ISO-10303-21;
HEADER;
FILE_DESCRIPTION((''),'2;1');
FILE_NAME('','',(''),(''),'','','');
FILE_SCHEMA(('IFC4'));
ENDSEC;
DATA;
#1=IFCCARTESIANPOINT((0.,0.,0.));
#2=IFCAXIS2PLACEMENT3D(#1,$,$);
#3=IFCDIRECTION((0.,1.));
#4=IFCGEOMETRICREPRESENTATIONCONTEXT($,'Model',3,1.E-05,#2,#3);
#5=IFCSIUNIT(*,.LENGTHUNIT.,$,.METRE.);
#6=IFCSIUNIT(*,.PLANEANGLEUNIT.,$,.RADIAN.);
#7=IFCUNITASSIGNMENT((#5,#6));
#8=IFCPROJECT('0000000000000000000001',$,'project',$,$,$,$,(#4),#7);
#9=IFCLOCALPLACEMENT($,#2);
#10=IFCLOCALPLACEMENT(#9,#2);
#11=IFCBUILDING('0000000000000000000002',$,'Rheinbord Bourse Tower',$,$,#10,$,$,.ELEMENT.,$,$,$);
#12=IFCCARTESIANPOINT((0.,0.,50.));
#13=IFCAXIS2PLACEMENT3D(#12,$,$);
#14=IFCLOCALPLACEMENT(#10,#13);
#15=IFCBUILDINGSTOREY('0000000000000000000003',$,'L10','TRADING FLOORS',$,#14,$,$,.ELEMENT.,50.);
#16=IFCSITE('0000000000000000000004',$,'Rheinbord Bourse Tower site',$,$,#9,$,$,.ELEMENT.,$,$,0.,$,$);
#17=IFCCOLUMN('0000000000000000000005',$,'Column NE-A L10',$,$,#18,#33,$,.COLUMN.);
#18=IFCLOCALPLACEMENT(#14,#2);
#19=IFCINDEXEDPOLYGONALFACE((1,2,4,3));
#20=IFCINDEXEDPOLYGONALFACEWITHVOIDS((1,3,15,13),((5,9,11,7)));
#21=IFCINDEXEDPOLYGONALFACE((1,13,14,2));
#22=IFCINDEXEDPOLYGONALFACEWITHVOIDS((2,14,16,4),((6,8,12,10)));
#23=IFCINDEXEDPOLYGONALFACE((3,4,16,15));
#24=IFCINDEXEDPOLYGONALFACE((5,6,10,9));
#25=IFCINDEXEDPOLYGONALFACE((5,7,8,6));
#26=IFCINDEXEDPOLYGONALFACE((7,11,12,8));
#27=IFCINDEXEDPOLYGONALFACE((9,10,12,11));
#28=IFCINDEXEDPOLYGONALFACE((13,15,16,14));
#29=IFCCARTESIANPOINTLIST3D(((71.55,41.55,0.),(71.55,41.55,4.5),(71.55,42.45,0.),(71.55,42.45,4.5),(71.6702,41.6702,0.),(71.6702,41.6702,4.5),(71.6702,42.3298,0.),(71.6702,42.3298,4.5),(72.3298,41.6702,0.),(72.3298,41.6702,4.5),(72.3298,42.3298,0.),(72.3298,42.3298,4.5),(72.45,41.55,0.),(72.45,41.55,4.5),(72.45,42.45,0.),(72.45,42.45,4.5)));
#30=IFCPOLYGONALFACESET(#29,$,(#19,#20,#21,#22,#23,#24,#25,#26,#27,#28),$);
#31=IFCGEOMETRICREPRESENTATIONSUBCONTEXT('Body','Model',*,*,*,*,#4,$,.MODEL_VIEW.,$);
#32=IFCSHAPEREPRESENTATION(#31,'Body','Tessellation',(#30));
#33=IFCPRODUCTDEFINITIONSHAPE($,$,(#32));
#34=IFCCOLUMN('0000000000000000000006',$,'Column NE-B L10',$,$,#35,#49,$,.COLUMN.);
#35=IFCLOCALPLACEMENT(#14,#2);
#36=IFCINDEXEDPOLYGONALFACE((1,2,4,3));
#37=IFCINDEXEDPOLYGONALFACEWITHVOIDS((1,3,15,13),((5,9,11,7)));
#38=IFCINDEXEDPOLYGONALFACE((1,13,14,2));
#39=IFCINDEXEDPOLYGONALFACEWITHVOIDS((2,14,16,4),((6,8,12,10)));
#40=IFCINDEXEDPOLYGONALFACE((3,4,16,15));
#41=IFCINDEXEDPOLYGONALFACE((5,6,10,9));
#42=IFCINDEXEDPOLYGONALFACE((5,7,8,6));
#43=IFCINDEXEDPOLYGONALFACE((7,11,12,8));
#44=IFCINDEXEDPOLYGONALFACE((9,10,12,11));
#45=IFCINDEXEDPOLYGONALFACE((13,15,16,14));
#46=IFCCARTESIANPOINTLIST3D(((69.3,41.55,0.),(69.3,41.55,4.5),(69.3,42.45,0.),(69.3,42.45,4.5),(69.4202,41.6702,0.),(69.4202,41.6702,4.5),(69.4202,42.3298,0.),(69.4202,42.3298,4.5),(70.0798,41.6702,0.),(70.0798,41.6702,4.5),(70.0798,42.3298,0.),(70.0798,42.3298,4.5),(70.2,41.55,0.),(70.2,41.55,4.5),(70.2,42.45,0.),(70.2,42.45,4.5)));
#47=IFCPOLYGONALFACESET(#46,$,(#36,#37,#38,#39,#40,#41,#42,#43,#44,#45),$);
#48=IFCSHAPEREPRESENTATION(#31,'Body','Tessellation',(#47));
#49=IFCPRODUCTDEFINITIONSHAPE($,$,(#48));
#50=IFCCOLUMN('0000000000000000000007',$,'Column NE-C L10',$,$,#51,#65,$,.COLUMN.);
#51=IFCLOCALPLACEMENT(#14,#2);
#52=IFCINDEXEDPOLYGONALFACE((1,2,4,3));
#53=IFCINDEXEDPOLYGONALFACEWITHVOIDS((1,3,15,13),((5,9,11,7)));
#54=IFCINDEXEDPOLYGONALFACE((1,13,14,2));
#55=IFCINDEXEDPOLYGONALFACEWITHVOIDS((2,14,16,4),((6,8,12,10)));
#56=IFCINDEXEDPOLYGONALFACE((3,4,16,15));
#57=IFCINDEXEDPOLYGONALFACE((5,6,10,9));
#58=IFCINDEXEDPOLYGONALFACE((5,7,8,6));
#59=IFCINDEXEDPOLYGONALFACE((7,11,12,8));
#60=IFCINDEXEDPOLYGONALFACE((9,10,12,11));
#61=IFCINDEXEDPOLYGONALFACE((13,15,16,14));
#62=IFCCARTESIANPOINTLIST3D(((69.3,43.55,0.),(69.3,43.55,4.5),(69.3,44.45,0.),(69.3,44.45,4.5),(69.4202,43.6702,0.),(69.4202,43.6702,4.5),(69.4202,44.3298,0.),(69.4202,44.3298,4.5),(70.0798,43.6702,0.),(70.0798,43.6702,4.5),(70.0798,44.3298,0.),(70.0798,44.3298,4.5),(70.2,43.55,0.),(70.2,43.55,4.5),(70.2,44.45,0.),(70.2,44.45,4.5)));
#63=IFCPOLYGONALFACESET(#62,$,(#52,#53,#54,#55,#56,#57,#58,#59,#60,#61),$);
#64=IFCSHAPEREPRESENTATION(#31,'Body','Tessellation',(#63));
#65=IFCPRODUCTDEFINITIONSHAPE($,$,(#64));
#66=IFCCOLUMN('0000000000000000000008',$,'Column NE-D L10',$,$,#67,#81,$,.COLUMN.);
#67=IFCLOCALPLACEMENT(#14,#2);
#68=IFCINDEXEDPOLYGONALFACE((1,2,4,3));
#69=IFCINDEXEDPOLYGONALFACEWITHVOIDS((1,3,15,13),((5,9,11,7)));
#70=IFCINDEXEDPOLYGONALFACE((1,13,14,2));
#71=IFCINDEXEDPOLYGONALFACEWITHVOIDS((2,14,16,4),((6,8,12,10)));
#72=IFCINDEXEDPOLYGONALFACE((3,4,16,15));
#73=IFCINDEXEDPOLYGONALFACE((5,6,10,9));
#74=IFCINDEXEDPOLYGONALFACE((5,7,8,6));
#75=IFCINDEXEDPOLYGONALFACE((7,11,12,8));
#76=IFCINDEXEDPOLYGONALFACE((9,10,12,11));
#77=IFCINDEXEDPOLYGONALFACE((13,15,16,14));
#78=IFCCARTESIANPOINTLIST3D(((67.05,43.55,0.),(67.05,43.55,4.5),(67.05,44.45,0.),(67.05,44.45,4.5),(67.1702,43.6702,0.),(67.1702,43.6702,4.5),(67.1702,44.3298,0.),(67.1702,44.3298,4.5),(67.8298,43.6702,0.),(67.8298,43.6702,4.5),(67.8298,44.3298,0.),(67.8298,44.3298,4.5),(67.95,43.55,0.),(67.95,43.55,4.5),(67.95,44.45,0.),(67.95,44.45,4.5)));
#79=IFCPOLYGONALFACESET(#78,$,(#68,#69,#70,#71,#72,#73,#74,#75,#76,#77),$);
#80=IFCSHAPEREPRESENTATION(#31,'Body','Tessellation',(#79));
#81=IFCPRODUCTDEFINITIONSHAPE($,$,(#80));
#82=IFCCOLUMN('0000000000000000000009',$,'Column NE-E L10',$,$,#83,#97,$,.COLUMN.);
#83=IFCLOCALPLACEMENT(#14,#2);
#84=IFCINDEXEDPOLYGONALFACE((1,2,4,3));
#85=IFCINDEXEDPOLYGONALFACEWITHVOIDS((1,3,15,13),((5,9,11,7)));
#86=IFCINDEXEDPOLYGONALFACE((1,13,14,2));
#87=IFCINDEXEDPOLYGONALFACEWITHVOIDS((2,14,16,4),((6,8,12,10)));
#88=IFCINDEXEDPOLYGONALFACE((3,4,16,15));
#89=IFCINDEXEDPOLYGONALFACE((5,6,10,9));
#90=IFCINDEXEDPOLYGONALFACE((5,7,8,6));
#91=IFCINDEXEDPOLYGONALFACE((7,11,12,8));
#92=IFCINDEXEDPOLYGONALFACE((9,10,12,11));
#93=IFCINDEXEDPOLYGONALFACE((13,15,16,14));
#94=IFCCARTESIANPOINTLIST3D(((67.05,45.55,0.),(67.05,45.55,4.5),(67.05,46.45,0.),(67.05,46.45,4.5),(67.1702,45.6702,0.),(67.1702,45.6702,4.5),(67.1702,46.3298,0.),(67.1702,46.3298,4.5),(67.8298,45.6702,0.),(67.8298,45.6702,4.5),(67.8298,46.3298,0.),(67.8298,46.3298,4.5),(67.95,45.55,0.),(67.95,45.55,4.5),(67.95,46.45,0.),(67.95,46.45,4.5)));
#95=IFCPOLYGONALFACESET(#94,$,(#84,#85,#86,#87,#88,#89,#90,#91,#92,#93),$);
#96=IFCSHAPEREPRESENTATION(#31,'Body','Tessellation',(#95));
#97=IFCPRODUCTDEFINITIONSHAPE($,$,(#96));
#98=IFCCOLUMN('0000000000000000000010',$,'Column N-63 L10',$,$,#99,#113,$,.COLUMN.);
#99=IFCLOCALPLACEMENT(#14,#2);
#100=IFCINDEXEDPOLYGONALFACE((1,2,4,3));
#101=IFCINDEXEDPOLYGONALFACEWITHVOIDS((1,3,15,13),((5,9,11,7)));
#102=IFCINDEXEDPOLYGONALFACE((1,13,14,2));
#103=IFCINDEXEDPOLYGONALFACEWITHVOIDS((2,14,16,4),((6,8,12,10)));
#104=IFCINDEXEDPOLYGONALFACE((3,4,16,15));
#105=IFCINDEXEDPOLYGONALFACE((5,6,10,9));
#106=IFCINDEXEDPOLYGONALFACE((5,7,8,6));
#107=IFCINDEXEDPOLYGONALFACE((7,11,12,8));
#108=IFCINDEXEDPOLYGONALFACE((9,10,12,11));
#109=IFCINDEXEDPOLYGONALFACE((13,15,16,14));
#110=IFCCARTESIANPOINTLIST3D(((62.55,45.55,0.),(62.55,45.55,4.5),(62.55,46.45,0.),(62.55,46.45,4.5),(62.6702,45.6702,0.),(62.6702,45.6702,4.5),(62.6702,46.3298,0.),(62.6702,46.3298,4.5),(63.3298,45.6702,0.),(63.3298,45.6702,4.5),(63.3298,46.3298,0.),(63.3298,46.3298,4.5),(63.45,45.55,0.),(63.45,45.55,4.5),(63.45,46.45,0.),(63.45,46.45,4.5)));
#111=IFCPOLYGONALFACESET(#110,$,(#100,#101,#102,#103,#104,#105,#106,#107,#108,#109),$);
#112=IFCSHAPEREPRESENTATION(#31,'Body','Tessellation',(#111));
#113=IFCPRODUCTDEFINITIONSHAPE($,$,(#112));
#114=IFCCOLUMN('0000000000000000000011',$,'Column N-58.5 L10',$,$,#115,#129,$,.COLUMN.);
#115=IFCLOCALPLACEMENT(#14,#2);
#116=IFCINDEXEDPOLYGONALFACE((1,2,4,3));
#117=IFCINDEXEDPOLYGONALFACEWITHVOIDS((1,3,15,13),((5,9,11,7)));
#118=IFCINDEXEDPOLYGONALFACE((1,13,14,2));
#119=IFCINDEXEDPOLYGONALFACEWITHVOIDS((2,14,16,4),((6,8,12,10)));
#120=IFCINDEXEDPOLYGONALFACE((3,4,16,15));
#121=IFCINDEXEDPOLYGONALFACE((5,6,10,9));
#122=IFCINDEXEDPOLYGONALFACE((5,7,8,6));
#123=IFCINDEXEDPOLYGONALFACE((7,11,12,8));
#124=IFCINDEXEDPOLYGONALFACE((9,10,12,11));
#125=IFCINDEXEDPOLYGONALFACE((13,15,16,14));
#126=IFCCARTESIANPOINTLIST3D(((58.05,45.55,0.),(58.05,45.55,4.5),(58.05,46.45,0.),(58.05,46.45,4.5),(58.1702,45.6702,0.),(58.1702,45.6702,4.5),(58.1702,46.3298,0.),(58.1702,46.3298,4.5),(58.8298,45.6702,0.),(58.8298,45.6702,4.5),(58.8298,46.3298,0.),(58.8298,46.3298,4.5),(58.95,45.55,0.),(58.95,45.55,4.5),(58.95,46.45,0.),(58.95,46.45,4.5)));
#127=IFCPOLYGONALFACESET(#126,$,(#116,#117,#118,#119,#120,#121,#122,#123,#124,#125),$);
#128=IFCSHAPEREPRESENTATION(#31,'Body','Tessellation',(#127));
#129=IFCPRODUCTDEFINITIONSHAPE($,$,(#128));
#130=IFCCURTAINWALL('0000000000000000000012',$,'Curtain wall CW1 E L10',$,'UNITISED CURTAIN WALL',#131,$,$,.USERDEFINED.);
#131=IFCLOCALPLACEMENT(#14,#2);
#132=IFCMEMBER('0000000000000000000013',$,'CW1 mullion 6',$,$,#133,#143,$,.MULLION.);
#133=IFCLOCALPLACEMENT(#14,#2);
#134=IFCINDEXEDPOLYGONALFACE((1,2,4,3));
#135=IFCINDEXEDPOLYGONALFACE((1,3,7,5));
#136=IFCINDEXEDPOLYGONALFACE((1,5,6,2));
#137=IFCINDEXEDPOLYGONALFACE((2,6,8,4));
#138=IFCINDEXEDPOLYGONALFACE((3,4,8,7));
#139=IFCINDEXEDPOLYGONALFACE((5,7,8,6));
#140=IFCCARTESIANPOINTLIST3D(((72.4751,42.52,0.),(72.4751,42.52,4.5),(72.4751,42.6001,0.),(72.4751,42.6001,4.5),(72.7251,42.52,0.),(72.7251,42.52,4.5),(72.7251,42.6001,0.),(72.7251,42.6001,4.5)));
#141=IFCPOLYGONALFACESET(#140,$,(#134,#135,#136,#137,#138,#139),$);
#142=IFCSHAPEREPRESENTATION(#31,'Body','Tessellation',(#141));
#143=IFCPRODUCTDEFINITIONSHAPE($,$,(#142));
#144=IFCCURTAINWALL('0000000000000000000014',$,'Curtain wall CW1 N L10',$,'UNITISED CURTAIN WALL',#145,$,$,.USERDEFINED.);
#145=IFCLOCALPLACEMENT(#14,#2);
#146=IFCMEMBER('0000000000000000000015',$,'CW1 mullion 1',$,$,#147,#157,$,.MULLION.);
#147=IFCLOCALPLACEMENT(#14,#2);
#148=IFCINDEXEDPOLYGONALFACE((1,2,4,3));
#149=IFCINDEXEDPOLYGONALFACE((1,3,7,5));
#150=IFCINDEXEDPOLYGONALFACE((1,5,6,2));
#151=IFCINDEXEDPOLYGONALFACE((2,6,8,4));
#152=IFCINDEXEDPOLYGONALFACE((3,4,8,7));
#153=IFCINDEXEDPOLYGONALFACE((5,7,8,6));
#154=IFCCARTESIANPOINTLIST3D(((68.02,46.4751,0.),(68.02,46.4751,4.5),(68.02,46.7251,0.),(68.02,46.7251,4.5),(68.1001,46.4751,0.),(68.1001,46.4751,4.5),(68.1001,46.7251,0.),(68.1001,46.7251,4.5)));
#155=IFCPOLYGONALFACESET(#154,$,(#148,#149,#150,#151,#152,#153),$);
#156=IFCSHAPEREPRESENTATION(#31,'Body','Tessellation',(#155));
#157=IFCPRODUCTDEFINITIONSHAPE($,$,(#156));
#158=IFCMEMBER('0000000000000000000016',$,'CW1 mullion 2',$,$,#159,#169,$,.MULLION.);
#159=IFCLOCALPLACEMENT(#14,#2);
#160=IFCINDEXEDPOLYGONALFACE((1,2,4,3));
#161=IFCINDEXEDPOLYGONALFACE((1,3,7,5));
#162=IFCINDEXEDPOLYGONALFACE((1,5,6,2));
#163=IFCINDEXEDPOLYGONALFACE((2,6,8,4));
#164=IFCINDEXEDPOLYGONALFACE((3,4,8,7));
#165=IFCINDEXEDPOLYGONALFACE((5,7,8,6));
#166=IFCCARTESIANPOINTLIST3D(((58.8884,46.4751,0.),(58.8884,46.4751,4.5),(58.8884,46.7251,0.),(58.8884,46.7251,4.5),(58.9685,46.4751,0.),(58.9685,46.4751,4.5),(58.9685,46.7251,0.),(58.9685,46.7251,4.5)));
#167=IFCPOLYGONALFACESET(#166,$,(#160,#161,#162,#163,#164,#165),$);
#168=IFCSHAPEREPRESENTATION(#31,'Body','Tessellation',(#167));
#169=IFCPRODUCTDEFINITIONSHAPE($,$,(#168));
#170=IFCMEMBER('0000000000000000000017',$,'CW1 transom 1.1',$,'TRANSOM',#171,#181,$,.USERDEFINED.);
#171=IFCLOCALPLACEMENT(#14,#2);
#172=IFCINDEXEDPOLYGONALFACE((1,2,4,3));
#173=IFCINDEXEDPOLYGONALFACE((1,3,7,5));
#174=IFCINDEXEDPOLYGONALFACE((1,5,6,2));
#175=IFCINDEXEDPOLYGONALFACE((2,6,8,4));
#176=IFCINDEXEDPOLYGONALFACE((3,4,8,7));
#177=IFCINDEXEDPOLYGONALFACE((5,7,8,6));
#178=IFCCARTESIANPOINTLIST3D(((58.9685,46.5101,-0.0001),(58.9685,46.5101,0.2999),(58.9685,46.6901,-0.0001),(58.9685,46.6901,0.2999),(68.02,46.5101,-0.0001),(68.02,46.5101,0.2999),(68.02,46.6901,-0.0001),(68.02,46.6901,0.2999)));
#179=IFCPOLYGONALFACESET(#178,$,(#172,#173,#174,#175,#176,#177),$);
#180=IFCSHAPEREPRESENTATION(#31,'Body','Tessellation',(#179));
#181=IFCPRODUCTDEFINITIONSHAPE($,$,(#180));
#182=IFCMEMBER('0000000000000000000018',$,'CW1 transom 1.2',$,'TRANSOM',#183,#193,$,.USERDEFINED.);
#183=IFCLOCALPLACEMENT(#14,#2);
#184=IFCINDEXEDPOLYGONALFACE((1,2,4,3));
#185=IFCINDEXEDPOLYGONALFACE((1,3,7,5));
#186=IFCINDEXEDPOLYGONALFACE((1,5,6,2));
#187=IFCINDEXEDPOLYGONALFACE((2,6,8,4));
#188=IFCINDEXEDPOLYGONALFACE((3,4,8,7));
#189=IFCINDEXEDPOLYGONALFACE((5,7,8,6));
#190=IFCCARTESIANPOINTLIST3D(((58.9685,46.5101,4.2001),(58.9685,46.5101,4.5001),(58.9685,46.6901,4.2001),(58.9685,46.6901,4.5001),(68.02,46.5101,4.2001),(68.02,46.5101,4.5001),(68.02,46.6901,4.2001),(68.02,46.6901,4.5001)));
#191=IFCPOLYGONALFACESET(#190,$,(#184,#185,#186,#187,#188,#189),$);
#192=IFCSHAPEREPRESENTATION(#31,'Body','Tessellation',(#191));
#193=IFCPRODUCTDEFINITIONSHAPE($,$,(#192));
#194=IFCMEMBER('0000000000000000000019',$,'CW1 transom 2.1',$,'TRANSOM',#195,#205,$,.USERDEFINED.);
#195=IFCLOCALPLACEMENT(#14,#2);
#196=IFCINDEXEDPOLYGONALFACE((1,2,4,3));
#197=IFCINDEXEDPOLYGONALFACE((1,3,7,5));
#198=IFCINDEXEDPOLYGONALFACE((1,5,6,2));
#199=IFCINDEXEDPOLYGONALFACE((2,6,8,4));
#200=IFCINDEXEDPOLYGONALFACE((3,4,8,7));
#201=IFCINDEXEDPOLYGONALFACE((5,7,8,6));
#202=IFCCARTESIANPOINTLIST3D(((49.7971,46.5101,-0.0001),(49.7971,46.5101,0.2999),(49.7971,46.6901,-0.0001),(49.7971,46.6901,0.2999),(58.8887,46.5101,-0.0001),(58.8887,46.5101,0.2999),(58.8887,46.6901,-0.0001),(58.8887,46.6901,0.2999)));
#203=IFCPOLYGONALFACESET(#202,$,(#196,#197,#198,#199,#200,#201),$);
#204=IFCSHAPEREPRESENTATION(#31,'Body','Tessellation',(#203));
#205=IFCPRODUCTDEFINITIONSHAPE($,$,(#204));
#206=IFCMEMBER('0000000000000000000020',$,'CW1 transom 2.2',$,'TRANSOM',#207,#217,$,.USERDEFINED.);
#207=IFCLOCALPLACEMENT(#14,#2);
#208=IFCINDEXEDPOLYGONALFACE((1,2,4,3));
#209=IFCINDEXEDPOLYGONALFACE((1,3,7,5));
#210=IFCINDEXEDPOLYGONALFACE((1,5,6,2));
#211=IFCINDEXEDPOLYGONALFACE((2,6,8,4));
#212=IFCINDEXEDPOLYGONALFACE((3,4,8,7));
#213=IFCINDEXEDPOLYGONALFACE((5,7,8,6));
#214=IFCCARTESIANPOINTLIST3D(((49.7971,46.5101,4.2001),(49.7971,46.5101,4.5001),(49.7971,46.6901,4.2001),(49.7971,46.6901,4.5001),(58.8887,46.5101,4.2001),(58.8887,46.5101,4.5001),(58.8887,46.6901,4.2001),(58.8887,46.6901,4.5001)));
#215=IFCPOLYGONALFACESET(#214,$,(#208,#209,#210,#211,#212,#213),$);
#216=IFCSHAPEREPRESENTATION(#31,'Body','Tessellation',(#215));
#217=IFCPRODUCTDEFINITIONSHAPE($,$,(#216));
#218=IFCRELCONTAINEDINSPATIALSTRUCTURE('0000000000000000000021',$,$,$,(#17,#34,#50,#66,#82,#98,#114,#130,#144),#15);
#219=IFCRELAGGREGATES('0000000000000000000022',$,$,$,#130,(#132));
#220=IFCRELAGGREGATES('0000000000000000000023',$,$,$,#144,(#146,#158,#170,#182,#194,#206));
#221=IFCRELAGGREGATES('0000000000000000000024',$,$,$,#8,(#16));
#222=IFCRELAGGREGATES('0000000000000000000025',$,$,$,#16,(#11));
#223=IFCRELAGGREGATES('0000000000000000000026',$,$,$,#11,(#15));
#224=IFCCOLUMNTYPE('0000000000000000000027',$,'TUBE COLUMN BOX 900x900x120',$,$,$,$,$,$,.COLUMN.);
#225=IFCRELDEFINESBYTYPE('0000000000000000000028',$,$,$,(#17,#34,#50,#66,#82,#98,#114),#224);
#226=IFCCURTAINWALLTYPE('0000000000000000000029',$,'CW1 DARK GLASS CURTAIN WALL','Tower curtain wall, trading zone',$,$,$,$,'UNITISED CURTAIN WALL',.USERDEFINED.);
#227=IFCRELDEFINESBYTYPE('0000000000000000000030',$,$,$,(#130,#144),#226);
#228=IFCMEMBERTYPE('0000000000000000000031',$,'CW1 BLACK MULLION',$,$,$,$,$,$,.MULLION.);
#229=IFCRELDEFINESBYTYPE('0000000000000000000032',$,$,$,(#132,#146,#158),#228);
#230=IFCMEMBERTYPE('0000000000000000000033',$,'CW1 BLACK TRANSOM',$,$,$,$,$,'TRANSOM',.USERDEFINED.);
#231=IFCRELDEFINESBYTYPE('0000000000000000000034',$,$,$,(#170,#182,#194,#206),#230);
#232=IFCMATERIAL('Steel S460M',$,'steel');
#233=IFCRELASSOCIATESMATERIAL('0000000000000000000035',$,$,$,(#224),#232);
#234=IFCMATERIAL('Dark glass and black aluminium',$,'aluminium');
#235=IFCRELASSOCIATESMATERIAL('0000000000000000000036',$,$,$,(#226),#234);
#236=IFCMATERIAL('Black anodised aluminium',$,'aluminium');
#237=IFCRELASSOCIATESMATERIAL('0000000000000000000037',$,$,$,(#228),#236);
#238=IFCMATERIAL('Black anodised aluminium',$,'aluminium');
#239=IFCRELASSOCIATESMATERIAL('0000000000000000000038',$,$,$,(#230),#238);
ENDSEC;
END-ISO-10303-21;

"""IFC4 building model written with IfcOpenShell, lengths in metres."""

from ifc_helpers import new_model, si_unit, direction, frame, origin, origin_2d, place, context, subcontext, project, spatial, rectangle, hollow_rectangle, extrude, material, material_profile, profile_set, type_object, element, aggregate, save


model = new_model("IFC4")

# Units and contexts
model_context = context("Model", 3, precision=1e-05, world=origin(), true_north=direction((0.0, 1.0)))
body_context = subcontext(model_context, "Body", "Model", "MODEL_VIEW")
ifc_project = project(units=[si_unit("LENGTHUNIT", "METRE"), si_unit("PLANEANGLEUNIT", "RADIAN")], contexts=[model_context])

# Site, building, storey
site_placement = place(None, origin())
site = spatial("IfcSite", under=ifc_project, at=site_placement, Name="Rheinbord Bourse Tower site", CompositionType="ELEMENT", RefElevation=0.0)
building_placement = place(site_placement, origin())
building = spatial("IfcBuilding", under=site, at=building_placement, Name="Rheinbord Bourse Tower", CompositionType="ELEMENT")
storey_placement = place(building_placement, frame((0.0, 0.0, 50.0)))
storey = spatial("IfcBuildingStorey", under=building, at=storey_placement, Name="L10", Description="TRADING FLOORS", CompositionType="ELEMENT", Elevation=50.0)

# Columns
ifc_material_1 = material(Name="Steel S460M", Category="steel")
ifc_material_profile_1 = material_profile(ifc_material_1, hollow_rectangle(XDim=0.8999, YDim=0.8999, WallThickness=0.1201, at=origin_2d()), Name="BOX 900x900x120")
ifc_profile_set_1 = profile_set([ifc_material_profile_1], Name="Steel S460M")
column_type = type_object("IfcColumnType", Name="TUBE COLUMN BOX 900x900x120", PredefinedType="COLUMN", material=ifc_profile_set_1)
for number, where, z_axis, x_axis, name in (
    (1, (72.0, 42.0, 0.0), (0.0, 0.0, 1.0), (1.0, 0.0, 0.0), "Column NE-A L10"),
    (2, (69.75, 42.0, 0.0), (0.0, 0.0, 1.0), (1.0, 0.0, 0.0), "Column NE-B L10"),
    (3, (69.75, 44.0, 0.0), (0.0, 0.0, 1.0), (1.0, 0.0, 0.0), "Column NE-C L10"),
    (4, (67.5, 44.0, 0.0), (0.0, 0.0, 1.0), (0.0, 1.0, 0.0), "Column NE-D L10"),
    (5, (67.5, 46.0, 0.0), (0.0, 0.0, 1.0), (0.0, 1.0, 0.0), "Column NE-E L10"),
    (6, (63.0, 46.0, 0.0), (0.0, 0.0, 1.0), (0.0, 1.0, 0.0), "Column N-63 L10"),
    (7, (58.5, 46.0, 0.0), (0.0, 0.0, 1.0), (0.0, 1.0, 0.0), "Column N-58.5 L10"),
):
    element("IfcColumn", number, at=place(storey_placement, frame(where, z_axis=z_axis, x_axis=x_axis)), inside=storey, type_object=column_type, Name=name, PredefinedType="COLUMN", context=body_context, shape_type="SweptSolid", body=[
        extrude(hollow_rectangle(XDim=0.8999, YDim=0.8999, WallThickness=0.1201, at=origin_2d()), origin(), (0.0, 0.0, 1.0), 4.5),
    ])

# Curtain wall, member
ifc_material_2 = material(Name="Dark glass and black aluminium", Category="aluminium")
curtain_wall_type = type_object("IfcCurtainWallType", Name="CW1 DARK GLASS CURTAIN WALL", Description="Tower curtain wall, trading zone", ElementType="UNITISED CURTAIN WALL", PredefinedType="USERDEFINED", material=ifc_material_2)
curtain_wall_1_placement = place(storey_placement, origin())
curtain_wall_1 = element("IfcCurtainWall", 8, at=curtain_wall_1_placement, inside=storey, type_object=curtain_wall_type, Name="Curtain wall CW1 E L10", ObjectType="UNITISED CURTAIN WALL", PredefinedType="USERDEFINED")
ifc_material_3 = material(Name="Black anodised aluminium", Category="aluminium")
ifc_material_profile_2 = material_profile(ifc_material_3, rectangle(XDim=0.25, YDim=0.0801, at=origin_2d()), Name="CW1 MULLION 80x250")
ifc_profile_set_2 = profile_set([ifc_material_profile_2], Name="Black anodised aluminium")
member_type_1 = type_object("IfcMemberType", Name="CW1 BLACK MULLION", PredefinedType="MULLION", material=ifc_profile_set_2)
member_1_placement = place(storey_placement, frame((72.6001, 42.5601, 0.0), z_axis=(0.0, 0.0, 1.0), x_axis=(-1.0, 0.0, 0.0)))
member_1 = element("IfcMember", 9, at=member_1_placement, type_object=member_type_1, Name="CW1 mullion 6", PredefinedType="MULLION", context=body_context, shape_type="SweptSolid", body=[
    extrude(rectangle(XDim=0.25, YDim=0.0801, at=origin_2d()), origin(), (0.0, 0.0, 1.0), 4.5),
])
aggregate(curtain_wall_1, [member_1])

# Curtain wall, members
curtain_wall_2_placement = place(storey_placement, origin())
curtain_wall_2 = element("IfcCurtainWall", 10, at=curtain_wall_2_placement, inside=storey, type_object=curtain_wall_type, Name="Curtain wall CW1 N L10", ObjectType="UNITISED CURTAIN WALL", PredefinedType="USERDEFINED")
member_2_placement = place(storey_placement, frame((68.0601, 46.6001, 0.0), z_axis=(0.0, 0.0, 1.0), x_axis=(0.0, -1.0, 0.0)))
member_2 = element("IfcMember", 11, at=member_2_placement, type_object=member_type_1, Name="CW1 mullion 1", PredefinedType="MULLION", context=body_context, shape_type="SweptSolid", body=[
    extrude(rectangle(XDim=0.25, YDim=0.0801, at=origin_2d()), origin(), (0.0, 0.0, 1.0), 4.5),
])
member_3_placement = place(storey_placement, frame((58.9285, 46.6001, 0.0), z_axis=(0.0, 0.0, 1.0), x_axis=(0.0, -1.0, 0.0)))
member_3 = element("IfcMember", 12, at=member_3_placement, type_object=member_type_1, Name="CW1 mullion 2", PredefinedType="MULLION", context=body_context, shape_type="SweptSolid", body=[
    extrude(rectangle(XDim=0.25, YDim=0.0801, at=origin_2d()), origin(), (0.0, 0.0, 1.0), 4.5),
])
ifc_material_4 = material(Name="Black anodised aluminium", Category="aluminium")
ifc_material_profile_3 = material_profile(ifc_material_4, rectangle(XDim=0.1799, YDim=0.3, at=origin_2d()), Name="CW1 TRANSOM 300x180")
ifc_profile_set_3 = profile_set([ifc_material_profile_3], Name="Black anodised aluminium")
member_type_2 = type_object("IfcMemberType", Name="CW1 BLACK TRANSOM", ElementType="TRANSOM", PredefinedType="USERDEFINED", material=ifc_profile_set_3)
member_4_placement = place(storey_placement, frame((68.02, 46.6001, 0.1499), z_axis=(-1.0, 0.0, 0.0), x_axis=(0.0, -1.0, 0.0)))
member_4 = element("IfcMember", 13, at=member_4_placement, type_object=member_type_2, Name="CW1 transom 1.1", ObjectType="TRANSOM", PredefinedType="USERDEFINED", context=body_context, shape_type="SweptSolid", body=[
    extrude(rectangle(XDim=0.1799, YDim=0.3, at=origin_2d()), origin(), (0.0, 0.0, 1.0), 9.0515),
])
member_5_placement = place(storey_placement, frame((68.02, 46.6001, 4.3501), z_axis=(-1.0, 0.0, 0.0), x_axis=(0.0, -1.0, 0.0)))
member_5 = element("IfcMember", 14, at=member_5_placement, type_object=member_type_2, Name="CW1 transom 1.2", ObjectType="TRANSOM", PredefinedType="USERDEFINED", context=body_context, shape_type="SweptSolid", body=[
    extrude(rectangle(XDim=0.1799, YDim=0.3, at=origin_2d()), origin(), (0.0, 0.0, 1.0), 9.0515),
])
member_6_placement = place(storey_placement, frame((58.8887, 46.6001, 0.1499), z_axis=(-1.0, 0.0, 0.0), x_axis=(0.0, -1.0, 0.0)))
member_6 = element("IfcMember", 15, at=member_6_placement, type_object=member_type_2, Name="CW1 transom 2.1", ObjectType="TRANSOM", PredefinedType="USERDEFINED", context=body_context, shape_type="SweptSolid", body=[
    extrude(rectangle(XDim=0.1799, YDim=0.3, at=origin_2d()), origin(), (0.0, 0.0, 1.0), 9.0916),
])
member_7_placement = place(storey_placement, frame((58.8887, 46.6001, 4.3501), z_axis=(-1.0, 0.0, 0.0), x_axis=(0.0, -1.0, 0.0)))
member_7 = element("IfcMember", 16, at=member_7_placement, type_object=member_type_2, Name="CW1 transom 2.2", ObjectType="TRANSOM", PredefinedType="USERDEFINED", context=body_context, shape_type="SweptSolid", body=[
    extrude(rectangle(XDim=0.1799, YDim=0.3, at=origin_2d()), origin(), (0.0, 0.0, 1.0), 9.0916),
])

aggregate(curtain_wall_2, [member_2, member_3, member_4, member_5, member_6, member_7])

save(model, "model.ifc")
